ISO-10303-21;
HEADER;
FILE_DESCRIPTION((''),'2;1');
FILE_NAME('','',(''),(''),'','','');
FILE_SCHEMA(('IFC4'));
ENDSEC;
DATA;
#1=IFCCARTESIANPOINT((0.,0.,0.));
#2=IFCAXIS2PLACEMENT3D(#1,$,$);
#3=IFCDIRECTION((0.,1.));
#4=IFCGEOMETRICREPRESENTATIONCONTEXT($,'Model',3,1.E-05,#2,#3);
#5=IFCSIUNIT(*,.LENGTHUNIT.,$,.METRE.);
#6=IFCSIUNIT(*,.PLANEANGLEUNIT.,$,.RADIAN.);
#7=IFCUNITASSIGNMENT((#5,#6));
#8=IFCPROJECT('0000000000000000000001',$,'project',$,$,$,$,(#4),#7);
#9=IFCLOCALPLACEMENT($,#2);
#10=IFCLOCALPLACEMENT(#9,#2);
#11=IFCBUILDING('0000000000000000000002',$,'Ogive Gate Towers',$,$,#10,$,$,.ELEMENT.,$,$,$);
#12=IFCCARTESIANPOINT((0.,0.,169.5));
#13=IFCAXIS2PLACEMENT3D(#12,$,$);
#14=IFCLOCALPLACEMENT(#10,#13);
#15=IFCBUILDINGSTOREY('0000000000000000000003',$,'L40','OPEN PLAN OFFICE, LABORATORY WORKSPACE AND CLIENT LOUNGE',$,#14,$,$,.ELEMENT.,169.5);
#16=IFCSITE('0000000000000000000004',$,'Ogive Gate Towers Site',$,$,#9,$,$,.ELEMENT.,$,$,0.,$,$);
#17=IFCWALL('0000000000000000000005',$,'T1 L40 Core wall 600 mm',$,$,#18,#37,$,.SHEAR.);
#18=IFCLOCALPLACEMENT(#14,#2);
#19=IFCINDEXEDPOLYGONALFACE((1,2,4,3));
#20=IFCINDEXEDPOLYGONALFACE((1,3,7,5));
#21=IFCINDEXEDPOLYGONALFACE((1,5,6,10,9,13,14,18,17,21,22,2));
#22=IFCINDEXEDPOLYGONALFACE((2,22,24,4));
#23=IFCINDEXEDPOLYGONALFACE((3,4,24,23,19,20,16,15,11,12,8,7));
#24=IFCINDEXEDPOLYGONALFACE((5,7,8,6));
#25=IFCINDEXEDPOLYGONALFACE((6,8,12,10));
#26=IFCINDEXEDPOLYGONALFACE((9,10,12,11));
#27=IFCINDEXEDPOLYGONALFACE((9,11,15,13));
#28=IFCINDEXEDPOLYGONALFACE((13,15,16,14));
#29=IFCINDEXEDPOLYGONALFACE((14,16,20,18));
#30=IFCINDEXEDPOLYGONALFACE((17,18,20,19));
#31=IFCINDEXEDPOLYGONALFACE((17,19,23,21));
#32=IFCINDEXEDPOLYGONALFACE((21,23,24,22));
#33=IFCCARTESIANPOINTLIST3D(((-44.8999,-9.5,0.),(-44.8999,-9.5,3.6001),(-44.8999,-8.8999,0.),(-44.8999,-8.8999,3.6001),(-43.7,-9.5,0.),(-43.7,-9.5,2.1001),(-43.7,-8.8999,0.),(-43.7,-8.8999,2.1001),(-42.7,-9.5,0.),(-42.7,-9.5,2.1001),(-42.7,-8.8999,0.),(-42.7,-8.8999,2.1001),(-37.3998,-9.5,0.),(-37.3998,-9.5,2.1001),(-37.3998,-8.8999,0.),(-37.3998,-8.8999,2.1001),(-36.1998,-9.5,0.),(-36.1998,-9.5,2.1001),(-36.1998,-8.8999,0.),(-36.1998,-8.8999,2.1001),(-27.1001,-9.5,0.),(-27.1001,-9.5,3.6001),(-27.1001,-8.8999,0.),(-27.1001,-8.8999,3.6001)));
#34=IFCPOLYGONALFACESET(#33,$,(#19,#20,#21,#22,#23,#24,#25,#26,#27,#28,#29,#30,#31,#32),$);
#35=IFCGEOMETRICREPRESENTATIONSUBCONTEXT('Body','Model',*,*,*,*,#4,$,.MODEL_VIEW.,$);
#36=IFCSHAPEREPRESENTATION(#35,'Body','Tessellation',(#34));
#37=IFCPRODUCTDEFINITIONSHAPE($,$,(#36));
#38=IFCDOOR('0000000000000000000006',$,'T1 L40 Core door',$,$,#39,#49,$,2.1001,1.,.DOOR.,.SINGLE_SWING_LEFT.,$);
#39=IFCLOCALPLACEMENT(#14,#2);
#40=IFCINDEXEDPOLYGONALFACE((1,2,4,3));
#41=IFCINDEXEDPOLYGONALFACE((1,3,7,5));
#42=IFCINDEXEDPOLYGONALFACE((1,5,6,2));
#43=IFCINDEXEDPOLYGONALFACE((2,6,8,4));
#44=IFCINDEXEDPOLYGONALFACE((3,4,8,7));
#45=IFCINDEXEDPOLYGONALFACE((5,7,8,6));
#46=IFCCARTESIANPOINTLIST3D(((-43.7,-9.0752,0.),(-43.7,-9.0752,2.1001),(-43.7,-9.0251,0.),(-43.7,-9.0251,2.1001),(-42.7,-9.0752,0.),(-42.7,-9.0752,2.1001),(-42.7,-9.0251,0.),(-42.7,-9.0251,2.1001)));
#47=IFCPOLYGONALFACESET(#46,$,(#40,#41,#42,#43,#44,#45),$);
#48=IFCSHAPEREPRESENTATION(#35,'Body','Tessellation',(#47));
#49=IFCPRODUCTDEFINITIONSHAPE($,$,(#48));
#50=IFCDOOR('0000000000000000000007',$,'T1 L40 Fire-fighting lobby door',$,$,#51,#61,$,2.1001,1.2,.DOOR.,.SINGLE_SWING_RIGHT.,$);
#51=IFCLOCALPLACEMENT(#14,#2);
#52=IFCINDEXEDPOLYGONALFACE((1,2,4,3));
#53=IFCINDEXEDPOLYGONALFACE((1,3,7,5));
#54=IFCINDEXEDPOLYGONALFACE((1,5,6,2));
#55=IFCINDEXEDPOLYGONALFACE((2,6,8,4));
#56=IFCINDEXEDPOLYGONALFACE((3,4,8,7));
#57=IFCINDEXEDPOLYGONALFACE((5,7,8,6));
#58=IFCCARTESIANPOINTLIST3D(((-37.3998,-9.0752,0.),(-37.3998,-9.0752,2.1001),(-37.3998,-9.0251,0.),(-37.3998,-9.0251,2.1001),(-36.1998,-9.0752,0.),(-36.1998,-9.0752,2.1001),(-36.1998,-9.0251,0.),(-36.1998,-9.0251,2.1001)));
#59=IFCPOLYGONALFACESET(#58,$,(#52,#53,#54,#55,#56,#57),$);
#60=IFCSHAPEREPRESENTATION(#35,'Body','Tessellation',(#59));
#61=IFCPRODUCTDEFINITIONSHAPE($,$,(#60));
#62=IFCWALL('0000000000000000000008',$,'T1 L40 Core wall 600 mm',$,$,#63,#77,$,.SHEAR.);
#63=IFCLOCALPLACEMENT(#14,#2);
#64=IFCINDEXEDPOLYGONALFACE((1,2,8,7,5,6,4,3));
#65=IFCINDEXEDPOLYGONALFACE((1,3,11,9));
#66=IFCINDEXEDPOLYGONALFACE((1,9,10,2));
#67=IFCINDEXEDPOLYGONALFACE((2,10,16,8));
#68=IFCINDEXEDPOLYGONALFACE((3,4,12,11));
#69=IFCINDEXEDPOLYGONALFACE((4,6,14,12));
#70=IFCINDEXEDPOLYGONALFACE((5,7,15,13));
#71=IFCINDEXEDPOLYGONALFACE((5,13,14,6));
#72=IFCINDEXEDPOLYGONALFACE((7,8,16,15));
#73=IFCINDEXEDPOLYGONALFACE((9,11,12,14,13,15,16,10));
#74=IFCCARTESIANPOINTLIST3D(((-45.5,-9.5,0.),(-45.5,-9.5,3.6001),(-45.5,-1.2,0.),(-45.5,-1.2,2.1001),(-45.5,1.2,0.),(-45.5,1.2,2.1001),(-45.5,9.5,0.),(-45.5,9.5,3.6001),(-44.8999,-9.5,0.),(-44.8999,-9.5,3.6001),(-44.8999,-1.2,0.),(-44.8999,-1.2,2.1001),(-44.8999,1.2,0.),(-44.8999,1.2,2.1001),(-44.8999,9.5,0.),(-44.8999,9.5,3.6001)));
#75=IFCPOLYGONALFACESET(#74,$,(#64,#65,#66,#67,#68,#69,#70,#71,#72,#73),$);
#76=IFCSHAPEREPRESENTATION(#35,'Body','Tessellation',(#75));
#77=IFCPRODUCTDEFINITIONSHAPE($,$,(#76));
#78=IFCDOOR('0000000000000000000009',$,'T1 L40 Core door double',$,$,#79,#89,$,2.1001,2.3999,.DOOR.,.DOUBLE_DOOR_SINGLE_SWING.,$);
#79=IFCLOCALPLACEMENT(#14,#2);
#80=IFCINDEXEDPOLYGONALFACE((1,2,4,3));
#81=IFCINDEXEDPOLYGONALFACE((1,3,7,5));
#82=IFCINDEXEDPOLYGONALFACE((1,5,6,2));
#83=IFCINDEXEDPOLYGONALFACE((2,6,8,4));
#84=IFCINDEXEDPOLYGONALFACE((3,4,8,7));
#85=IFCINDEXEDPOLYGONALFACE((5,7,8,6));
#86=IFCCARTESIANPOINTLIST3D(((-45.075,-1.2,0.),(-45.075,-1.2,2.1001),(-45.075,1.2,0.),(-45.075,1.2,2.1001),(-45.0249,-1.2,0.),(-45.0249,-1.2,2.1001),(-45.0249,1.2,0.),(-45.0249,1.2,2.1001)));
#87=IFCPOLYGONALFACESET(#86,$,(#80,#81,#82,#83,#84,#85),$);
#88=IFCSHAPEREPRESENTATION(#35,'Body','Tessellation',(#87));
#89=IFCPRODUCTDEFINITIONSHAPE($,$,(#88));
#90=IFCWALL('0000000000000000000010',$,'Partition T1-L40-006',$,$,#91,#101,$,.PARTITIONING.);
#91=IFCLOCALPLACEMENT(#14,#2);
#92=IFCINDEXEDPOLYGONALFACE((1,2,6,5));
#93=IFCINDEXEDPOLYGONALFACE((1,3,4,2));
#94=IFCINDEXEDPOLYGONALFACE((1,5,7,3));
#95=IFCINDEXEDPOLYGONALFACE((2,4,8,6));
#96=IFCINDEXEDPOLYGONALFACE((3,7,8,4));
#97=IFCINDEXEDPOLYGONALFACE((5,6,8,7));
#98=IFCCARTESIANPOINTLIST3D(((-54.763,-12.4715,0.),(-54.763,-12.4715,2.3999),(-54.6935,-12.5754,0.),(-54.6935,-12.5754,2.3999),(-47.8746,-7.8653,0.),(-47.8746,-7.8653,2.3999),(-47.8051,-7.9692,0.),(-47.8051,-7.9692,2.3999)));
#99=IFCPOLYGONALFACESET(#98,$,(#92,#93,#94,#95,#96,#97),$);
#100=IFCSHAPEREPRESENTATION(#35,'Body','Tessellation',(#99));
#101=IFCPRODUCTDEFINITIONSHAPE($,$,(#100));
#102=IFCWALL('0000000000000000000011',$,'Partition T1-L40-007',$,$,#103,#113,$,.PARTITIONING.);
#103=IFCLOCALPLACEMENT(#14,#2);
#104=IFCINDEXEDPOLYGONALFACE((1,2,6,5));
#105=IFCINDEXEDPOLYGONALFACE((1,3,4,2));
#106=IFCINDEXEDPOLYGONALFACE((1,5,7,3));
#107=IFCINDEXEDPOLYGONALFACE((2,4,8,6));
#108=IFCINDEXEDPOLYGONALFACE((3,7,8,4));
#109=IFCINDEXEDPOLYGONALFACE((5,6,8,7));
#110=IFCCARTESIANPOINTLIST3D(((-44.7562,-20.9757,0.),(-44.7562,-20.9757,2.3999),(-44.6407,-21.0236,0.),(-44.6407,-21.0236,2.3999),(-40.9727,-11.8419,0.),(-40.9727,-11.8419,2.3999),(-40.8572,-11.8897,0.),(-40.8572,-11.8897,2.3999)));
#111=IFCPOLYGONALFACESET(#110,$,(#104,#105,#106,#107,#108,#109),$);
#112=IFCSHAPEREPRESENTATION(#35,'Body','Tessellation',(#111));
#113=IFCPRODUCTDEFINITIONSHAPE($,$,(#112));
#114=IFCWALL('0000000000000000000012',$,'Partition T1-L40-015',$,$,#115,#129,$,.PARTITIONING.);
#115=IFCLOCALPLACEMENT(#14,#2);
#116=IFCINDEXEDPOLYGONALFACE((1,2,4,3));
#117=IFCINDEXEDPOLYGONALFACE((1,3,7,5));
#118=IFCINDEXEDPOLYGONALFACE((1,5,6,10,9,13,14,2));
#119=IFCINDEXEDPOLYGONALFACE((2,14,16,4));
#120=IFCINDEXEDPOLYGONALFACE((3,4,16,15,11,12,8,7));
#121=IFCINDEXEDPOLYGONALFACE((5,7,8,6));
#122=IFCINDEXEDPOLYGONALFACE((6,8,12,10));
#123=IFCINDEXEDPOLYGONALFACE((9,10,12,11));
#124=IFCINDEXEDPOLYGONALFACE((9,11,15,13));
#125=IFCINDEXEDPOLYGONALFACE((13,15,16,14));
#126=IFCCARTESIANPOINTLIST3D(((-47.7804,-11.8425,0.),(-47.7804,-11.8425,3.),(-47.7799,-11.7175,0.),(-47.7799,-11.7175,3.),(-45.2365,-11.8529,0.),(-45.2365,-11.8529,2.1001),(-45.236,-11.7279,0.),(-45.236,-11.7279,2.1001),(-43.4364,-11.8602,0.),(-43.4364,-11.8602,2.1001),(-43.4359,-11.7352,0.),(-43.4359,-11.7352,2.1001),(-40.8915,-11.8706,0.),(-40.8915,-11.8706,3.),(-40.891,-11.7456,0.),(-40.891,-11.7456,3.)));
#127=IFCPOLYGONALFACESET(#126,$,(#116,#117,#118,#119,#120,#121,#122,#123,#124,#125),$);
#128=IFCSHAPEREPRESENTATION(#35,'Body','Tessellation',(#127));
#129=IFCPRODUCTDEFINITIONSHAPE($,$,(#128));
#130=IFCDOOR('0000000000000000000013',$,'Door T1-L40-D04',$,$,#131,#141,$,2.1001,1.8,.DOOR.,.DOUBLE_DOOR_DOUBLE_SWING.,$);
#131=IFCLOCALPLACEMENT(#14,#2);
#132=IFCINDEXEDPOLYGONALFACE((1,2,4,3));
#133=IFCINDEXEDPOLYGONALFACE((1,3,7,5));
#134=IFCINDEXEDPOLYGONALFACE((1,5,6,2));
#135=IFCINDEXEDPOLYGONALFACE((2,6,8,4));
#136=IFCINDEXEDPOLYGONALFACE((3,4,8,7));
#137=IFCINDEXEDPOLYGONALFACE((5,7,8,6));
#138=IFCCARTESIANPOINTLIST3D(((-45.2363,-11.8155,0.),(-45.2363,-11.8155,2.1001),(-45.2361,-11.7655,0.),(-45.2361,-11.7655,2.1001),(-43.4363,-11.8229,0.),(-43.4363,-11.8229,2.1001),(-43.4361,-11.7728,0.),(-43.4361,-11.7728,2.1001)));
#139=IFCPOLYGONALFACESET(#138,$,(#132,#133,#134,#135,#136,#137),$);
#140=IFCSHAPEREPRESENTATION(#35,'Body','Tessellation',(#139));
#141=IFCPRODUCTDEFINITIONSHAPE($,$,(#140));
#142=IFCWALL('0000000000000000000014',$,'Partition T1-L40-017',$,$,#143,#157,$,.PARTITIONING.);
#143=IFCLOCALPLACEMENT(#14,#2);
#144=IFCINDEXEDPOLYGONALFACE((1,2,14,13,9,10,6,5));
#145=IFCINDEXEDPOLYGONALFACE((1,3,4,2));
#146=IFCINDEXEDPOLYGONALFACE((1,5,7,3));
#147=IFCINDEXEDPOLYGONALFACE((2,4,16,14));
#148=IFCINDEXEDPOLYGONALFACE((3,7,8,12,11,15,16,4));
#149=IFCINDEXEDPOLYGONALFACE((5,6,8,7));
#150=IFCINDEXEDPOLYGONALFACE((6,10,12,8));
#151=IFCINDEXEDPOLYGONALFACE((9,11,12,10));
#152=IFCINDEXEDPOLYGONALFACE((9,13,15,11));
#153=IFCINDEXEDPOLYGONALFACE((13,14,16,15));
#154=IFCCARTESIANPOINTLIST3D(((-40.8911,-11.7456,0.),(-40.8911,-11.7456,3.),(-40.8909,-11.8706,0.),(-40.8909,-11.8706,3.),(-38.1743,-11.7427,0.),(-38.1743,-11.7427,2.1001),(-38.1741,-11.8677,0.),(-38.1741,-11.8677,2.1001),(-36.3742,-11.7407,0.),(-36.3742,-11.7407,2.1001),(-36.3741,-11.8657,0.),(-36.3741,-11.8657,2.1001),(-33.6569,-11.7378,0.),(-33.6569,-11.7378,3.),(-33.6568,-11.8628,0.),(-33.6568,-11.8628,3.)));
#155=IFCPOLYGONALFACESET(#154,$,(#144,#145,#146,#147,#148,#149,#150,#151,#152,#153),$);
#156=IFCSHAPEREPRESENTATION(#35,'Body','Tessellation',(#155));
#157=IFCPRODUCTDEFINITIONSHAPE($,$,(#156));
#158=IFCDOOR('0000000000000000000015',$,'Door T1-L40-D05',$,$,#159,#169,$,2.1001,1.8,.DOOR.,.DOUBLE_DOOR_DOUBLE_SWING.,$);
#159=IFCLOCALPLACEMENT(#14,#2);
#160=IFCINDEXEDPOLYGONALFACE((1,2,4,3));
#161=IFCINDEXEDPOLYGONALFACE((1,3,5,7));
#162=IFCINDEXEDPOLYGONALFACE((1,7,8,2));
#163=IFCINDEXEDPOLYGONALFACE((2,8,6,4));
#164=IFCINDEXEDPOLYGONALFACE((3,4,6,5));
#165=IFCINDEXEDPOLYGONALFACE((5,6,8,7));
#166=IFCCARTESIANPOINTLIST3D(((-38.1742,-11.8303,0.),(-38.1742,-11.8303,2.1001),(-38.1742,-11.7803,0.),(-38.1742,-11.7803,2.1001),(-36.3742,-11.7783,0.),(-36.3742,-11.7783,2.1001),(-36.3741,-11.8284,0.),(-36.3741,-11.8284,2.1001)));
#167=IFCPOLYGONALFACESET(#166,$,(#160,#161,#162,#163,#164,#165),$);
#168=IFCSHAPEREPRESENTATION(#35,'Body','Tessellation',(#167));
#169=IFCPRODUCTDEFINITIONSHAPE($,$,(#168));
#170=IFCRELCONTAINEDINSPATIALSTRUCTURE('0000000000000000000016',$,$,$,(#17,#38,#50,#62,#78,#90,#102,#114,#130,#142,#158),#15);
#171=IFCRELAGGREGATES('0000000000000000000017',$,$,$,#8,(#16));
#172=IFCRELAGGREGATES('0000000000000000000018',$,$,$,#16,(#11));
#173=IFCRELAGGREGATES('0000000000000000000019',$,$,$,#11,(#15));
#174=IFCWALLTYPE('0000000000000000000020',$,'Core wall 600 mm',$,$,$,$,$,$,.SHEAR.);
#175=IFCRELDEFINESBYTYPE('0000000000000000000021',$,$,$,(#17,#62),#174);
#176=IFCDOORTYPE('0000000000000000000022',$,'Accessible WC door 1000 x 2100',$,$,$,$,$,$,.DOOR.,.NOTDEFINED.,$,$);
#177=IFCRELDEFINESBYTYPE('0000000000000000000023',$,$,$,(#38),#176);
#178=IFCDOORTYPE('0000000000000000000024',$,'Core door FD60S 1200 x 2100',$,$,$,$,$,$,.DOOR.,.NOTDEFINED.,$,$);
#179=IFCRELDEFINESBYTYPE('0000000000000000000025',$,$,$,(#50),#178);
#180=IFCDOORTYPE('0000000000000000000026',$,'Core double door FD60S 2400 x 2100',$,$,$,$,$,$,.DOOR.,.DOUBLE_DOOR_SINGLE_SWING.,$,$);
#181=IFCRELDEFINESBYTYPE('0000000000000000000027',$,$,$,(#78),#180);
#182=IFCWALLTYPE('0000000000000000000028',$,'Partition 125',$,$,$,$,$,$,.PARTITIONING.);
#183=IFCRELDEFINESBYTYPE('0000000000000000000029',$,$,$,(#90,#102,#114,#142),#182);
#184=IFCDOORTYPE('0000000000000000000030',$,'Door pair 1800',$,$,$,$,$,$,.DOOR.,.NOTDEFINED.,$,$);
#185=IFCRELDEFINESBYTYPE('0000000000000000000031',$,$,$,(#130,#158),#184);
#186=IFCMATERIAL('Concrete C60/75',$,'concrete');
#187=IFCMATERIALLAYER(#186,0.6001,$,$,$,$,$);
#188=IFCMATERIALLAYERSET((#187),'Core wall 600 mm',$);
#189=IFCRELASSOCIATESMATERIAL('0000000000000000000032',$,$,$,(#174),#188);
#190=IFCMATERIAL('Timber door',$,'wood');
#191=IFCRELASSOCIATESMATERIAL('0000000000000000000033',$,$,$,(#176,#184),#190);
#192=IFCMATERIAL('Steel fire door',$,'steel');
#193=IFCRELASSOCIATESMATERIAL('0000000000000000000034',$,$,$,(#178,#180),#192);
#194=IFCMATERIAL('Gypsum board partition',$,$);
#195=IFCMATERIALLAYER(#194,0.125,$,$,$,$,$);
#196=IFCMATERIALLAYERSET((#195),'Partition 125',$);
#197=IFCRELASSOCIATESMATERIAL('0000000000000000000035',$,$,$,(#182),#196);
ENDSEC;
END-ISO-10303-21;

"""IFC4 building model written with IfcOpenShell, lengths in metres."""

from ifc_helpers import new_model, si_unit, direction, frame, frame_2d, origin, place, context, subcontext, project, spatial, rectangle, extrude, material, layer, layer_set, type_object, element, fill, save


model = new_model("IFC4")

# Units and contexts
model_context = context("Model", 3, precision=1e-05, world=origin(), true_north=direction((0.0, 1.0)))
body_context = subcontext(model_context, "Body", "Model", "MODEL_VIEW")
ifc_project = project(units=[si_unit("LENGTHUNIT", "METRE"), si_unit("PLANEANGLEUNIT", "RADIAN")], contexts=[model_context])

# Site, building, storey
site_placement = place(None, origin())
site = spatial("IfcSite", under=ifc_project, at=site_placement, Name="Ogive Gate Towers Site", CompositionType="ELEMENT", RefElevation=0.0)
building_placement = place(site_placement, origin())
building = spatial("IfcBuilding", under=site, at=building_placement, Name="Ogive Gate Towers", CompositionType="ELEMENT")
storey_placement = place(building_placement, frame((0.0, 0.0, 169.5)))
storey = spatial("IfcBuildingStorey", under=building, at=storey_placement, Name="L40", Description="OPEN PLAN OFFICE, LABORATORY WORKSPACE AND CLIENT LOUNGE", CompositionType="ELEMENT", Elevation=169.5)

# Wall, openings, doors
ifc_material_1 = material(Name="Concrete C60/75", Category="concrete")
ifc_layer_1 = layer(ifc_material_1, 0.6001)
ifc_layer_set_1 = layer_set([ifc_layer_1], Name="Core wall 600 mm")
wall_type_1 = type_object("IfcWallType", Name="Core wall 600 mm", PredefinedType="SHEAR", material=ifc_layer_set_1)
wall_1_placement = place(storey_placement, frame((-44.8999, -9.2, 0.0), z_axis=(0.0, 0.0, 1.0), x_axis=(1.0, 0.0, 0.0)))
wall_1 = element("IfcWall", 1, at=wall_1_placement, inside=storey, type_object=wall_type_1, Name="T1 L40 Core wall 600 mm", PredefinedType="SHEAR", context=body_context, shape_type="SweptSolid", body=[
    extrude(rectangle(XDim=17.7998, YDim=0.6001, at=frame_2d((8.8999, 0.0))), origin(), (0.0, 0.0, 1.0), 3.6001),
])
opening_1_placement = place(wall_1_placement, frame((7.5, 0.0, 0.0)))
opening_1 = element("IfcOpeningElement", 2, at=opening_1_placement, cuts=wall_1, PredefinedType="OPENING", context=body_context, shape_type="SweptSolid", body=[
    extrude(rectangle(XDim=1.2, YDim=2.1001, at=frame_2d((0.6001, 1.05))), frame((0.0, 0.3101, 0.0), z_axis=(0.0, -1.0, 0.0), x_axis=(1.0, 0.0, 0.0)), (0.0, 0.0, 1.0), 0.6201),
])
opening_2_placement = place(wall_1_placement, frame((1.2, 0.0, 0.0)))
opening_2 = element("IfcOpeningElement", 3, at=opening_2_placement, cuts=wall_1, PredefinedType="OPENING", context=body_context, shape_type="SweptSolid", body=[
    extrude(rectangle(XDim=1.0, YDim=2.1001, at=frame_2d((0.5, 1.05))), frame((0.0, 0.3101, 0.0), z_axis=(0.0, -1.0, 0.0), x_axis=(1.0, 0.0, 0.0)), (0.0, 0.0, 1.0), 0.6201),
])
ifc_material_2 = material(Name="Timber door", Category="wood")
door_type_1 = type_object("IfcDoorType", Name="Accessible WC door 1000 x 2100", OperationType="NOTDEFINED", PredefinedType="DOOR", material=ifc_material_2)
door_1_placement = place(opening_2_placement, origin())
door_1 = element("IfcDoor", 4, at=door_1_placement, inside=storey, type_object=door_type_1, Name="T1 L40 Core door", OperationType="SINGLE_SWING_LEFT", OverallHeight=2.1001, OverallWidth=1.0, PredefinedType="DOOR", context=body_context, shape_type="SweptSolid", body=[
    extrude(rectangle(XDim=1.0, YDim=2.1001, at=frame_2d((0.5, 1.05))), frame((0.0, 0.1748, 0.0), z_axis=(0.0, -1.0, 0.0), x_axis=(1.0, 0.0, 0.0)), (0.0, 0.0, 1.0), 0.05),
])
fill(opening_2, door_1)
ifc_material_3 = material(Name="Steel fire door", Category="steel")
door_type_2 = type_object("IfcDoorType", Name="Core door FD60S 1200 x 2100", OperationType="NOTDEFINED", PredefinedType="DOOR", material=ifc_material_3)
door_2_placement = place(opening_1_placement, origin())
door_2 = element("IfcDoor", 5, at=door_2_placement, inside=storey, type_object=door_type_2, Name="T1 L40 Fire-fighting lobby door", OperationType="SINGLE_SWING_RIGHT", OverallHeight=2.1001, OverallWidth=1.2, PredefinedType="DOOR", context=body_context, shape_type="SweptSolid", body=[
    extrude(rectangle(XDim=1.2, YDim=2.1001, at=frame_2d((0.6001, 1.05))), frame((0.0, 0.1748, 0.0), z_axis=(0.0, -1.0, 0.0), x_axis=(1.0, 0.0, 0.0)), (0.0, 0.0, 1.0), 0.05),
])
fill(opening_1, door_2)

# Wall, opening, door
wall_2_placement = place(storey_placement, frame((-45.2, -9.5, 0.0), z_axis=(0.0, 0.0, 1.0), x_axis=(0.0, 1.0, 0.0)))
wall_2 = element("IfcWall", 6, at=wall_2_placement, inside=storey, type_object=wall_type_1, Name="T1 L40 Core wall 600 mm", PredefinedType="SHEAR", context=body_context, shape_type="SweptSolid", body=[
    extrude(rectangle(XDim=19.0, YDim=0.6001, at=frame_2d((9.5, 0.0))), origin(), (0.0, 0.0, 1.0), 3.6001),
])
opening_3_placement = place(wall_2_placement, frame((8.3, 0.0, 0.0)))
opening_3 = element("IfcOpeningElement", 7, at=opening_3_placement, cuts=wall_2, PredefinedType="OPENING", context=body_context, shape_type="SweptSolid", body=[
    extrude(rectangle(XDim=2.3999, YDim=2.1001, at=frame_2d((1.2, 1.05))), frame((0.0, 0.3101, 0.0), z_axis=(0.0, -1.0, 0.0), x_axis=(1.0, 0.0, 0.0)), (0.0, 0.0, 1.0), 0.6201),
])
door_type_3 = type_object("IfcDoorType", Name="Core double door FD60S 2400 x 2100", OperationType="DOUBLE_DOOR_SINGLE_SWING", PredefinedType="DOOR", material=ifc_material_3)
door_3_placement = place(opening_3_placement, origin())
door_3 = element("IfcDoor", 8, at=door_3_placement, inside=storey, type_object=door_type_3, Name="T1 L40 Core door double", OperationType="DOUBLE_DOOR_SINGLE_SWING", OverallHeight=2.1001, OverallWidth=2.3999, PredefinedType="DOOR", context=body_context, shape_type="SweptSolid", body=[
    extrude(rectangle(XDim=2.3999, YDim=2.1001, at=frame_2d((1.2, 1.05))), frame((0.0, -0.125, 0.0), z_axis=(0.0, -1.0, 0.0), x_axis=(1.0, 0.0, 0.0)), (0.0, 0.0, 1.0), 0.05),
])
fill(opening_3, door_3)

# Walls
ifc_material_4 = material(Name="Gypsum board partition")
ifc_layer_2 = layer(ifc_material_4, 0.125)
ifc_layer_set_2 = layer_set([ifc_layer_2], Name="Partition 125")
wall_type_2 = type_object("IfcWallType", Name="Partition 125", PredefinedType="PARTITIONING", material=ifc_layer_set_2)
wall_3_placement = place(storey_placement, frame((-54.7283, -12.5234, 0.0), z_axis=(0.0, 0.0, 1.0), x_axis=(0.831274, 0.555862, 0.0)))
element("IfcWall", 9, at=wall_3_placement, inside=storey, type_object=wall_type_2, Name="Partition T1-L40-006", PredefinedType="PARTITIONING", context=body_context, shape_type="SweptSolid", body=[
    extrude(rectangle(XDim=8.2866, YDim=0.125, at=frame_2d((4.1433, 0.0))), origin(), (0.0, 0.0, 1.0), 2.3999),
])
wall_4_placement = place(storey_placement, frame((-44.6985, -20.9998, 0.0), z_axis=(0.0, 0.0, 1.0), x_axis=(0.382693, 0.923876, 0.0)))
element("IfcWall", 10, at=wall_4_placement, inside=storey, type_object=wall_type_2, Name="Partition T1-L40-007", PredefinedType="PARTITIONING", context=body_context, shape_type="SweptSolid", body=[
    extrude(rectangle(XDim=9.8865, YDim=0.125, at=frame_2d((4.9434, 0.0))), origin(), (0.0, 0.0, 1.0), 2.3999),
])

# Walls, openings, doors
wall_5_placement = place(storey_placement, frame((-47.78, -11.78, 0.0), z_axis=(0.0, 0.0, 1.0), x_axis=(0.999992, -0.004076, 0.0)))
wall_5 = element("IfcWall", 11, at=wall_5_placement, inside=storey, type_object=wall_type_2, Name="Partition T1-L40-015", PredefinedType="PARTITIONING", context=body_context, shape_type="SweptSolid", body=[
    extrude(rectangle(XDim=6.8889, YDim=0.125, at=frame_2d((3.4443, 0.0))), origin(), (0.0, 0.0, 1.0), 3.0),
])
opening_4_placement = place(wall_5_placement, frame((2.5439, 0.0, 0.0)))
opening_4 = element("IfcOpeningElement", 12, at=opening_4_placement, cuts=wall_5, PredefinedType="OPENING", context=body_context, shape_type="SweptSolid", body=[
    extrude(rectangle(XDim=1.8, YDim=2.1001, at=frame_2d((0.8999, 1.05))), frame((0.0, 0.0725, 0.0), z_axis=(0.0, -1.0, 0.0), x_axis=(1.0, 0.0, 0.0)), (0.0, 0.0, 1.0), 0.145),
])
door_type_4 = type_object("IfcDoorType", Name="Door pair 1800", OperationType="NOTDEFINED", PredefinedType="DOOR", material=ifc_material_2)
door_4_placement = place(opening_4_placement, origin())
door_4 = element("IfcDoor", 13, at=door_4_placement, inside=storey, type_object=door_type_4, Name="Door T1-L40-D04", OperationType="DOUBLE_DOOR_DOUBLE_SWING", OverallHeight=2.1001, OverallWidth=1.8, PredefinedType="DOOR", context=body_context, shape_type="SweptSolid", body=[
    extrude(rectangle(XDim=1.8, YDim=2.1001, at=frame_2d((0.8999, 1.05))), frame((0.0, 0.0249, 0.0), z_axis=(0.0, -1.0, 0.0), x_axis=(1.0, 0.0, 0.0)), (0.0, 0.0, 1.0), 0.05),
])
fill(opening_4, door_4)
wall_6_placement = place(storey_placement, frame((-40.8911, -11.8081, 0.0), z_axis=(0.0, 0.0, 1.0), x_axis=(0.999999, 0.00108, 0.0)))
wall_6 = element("IfcWall", 14, at=wall_6_placement, inside=storey, type_object=wall_type_2, Name="Partition T1-L40-017", PredefinedType="PARTITIONING", context=body_context, shape_type="SweptSolid", body=[
    extrude(rectangle(XDim=7.2341, YDim=0.125, at=frame_2d((3.6172, 0.0))), origin(), (0.0, 0.0, 1.0), 3.0),
])
opening_5_placement = place(wall_6_placement, frame((2.717, 0.0, 0.0)))
opening_5 = element("IfcOpeningElement", 15, at=opening_5_placement, cuts=wall_6, PredefinedType="OPENING", context=body_context, shape_type="SweptSolid", body=[
    extrude(rectangle(XDim=1.8, YDim=2.1001, at=frame_2d((0.8999, 1.05))), frame((0.0, 0.0725, 0.0), z_axis=(0.0, -1.0, 0.0), x_axis=(1.0, 0.0, 0.0)), (0.0, 0.0, 1.0), 0.145),
])
door_5_placement = place(opening_5_placement, origin())
door_5 = element("IfcDoor", 16, at=door_5_placement, inside=storey, type_object=door_type_4, Name="Door T1-L40-D05", OperationType="DOUBLE_DOOR_DOUBLE_SWING", OverallHeight=2.1001, OverallWidth=1.8, PredefinedType="DOOR", context=body_context, shape_type="SweptSolid", body=[
    extrude(rectangle(XDim=1.8, YDim=2.1001, at=frame_2d((0.8999, 1.05))), frame((0.0, 0.0249, 0.0), z_axis=(0.0, -1.0, 0.0), x_axis=(1.0, 0.0, 0.0)), (0.0, 0.0, 1.0), 0.05),
])
fill(opening_5, door_5)

save(model, "model.ifc")
